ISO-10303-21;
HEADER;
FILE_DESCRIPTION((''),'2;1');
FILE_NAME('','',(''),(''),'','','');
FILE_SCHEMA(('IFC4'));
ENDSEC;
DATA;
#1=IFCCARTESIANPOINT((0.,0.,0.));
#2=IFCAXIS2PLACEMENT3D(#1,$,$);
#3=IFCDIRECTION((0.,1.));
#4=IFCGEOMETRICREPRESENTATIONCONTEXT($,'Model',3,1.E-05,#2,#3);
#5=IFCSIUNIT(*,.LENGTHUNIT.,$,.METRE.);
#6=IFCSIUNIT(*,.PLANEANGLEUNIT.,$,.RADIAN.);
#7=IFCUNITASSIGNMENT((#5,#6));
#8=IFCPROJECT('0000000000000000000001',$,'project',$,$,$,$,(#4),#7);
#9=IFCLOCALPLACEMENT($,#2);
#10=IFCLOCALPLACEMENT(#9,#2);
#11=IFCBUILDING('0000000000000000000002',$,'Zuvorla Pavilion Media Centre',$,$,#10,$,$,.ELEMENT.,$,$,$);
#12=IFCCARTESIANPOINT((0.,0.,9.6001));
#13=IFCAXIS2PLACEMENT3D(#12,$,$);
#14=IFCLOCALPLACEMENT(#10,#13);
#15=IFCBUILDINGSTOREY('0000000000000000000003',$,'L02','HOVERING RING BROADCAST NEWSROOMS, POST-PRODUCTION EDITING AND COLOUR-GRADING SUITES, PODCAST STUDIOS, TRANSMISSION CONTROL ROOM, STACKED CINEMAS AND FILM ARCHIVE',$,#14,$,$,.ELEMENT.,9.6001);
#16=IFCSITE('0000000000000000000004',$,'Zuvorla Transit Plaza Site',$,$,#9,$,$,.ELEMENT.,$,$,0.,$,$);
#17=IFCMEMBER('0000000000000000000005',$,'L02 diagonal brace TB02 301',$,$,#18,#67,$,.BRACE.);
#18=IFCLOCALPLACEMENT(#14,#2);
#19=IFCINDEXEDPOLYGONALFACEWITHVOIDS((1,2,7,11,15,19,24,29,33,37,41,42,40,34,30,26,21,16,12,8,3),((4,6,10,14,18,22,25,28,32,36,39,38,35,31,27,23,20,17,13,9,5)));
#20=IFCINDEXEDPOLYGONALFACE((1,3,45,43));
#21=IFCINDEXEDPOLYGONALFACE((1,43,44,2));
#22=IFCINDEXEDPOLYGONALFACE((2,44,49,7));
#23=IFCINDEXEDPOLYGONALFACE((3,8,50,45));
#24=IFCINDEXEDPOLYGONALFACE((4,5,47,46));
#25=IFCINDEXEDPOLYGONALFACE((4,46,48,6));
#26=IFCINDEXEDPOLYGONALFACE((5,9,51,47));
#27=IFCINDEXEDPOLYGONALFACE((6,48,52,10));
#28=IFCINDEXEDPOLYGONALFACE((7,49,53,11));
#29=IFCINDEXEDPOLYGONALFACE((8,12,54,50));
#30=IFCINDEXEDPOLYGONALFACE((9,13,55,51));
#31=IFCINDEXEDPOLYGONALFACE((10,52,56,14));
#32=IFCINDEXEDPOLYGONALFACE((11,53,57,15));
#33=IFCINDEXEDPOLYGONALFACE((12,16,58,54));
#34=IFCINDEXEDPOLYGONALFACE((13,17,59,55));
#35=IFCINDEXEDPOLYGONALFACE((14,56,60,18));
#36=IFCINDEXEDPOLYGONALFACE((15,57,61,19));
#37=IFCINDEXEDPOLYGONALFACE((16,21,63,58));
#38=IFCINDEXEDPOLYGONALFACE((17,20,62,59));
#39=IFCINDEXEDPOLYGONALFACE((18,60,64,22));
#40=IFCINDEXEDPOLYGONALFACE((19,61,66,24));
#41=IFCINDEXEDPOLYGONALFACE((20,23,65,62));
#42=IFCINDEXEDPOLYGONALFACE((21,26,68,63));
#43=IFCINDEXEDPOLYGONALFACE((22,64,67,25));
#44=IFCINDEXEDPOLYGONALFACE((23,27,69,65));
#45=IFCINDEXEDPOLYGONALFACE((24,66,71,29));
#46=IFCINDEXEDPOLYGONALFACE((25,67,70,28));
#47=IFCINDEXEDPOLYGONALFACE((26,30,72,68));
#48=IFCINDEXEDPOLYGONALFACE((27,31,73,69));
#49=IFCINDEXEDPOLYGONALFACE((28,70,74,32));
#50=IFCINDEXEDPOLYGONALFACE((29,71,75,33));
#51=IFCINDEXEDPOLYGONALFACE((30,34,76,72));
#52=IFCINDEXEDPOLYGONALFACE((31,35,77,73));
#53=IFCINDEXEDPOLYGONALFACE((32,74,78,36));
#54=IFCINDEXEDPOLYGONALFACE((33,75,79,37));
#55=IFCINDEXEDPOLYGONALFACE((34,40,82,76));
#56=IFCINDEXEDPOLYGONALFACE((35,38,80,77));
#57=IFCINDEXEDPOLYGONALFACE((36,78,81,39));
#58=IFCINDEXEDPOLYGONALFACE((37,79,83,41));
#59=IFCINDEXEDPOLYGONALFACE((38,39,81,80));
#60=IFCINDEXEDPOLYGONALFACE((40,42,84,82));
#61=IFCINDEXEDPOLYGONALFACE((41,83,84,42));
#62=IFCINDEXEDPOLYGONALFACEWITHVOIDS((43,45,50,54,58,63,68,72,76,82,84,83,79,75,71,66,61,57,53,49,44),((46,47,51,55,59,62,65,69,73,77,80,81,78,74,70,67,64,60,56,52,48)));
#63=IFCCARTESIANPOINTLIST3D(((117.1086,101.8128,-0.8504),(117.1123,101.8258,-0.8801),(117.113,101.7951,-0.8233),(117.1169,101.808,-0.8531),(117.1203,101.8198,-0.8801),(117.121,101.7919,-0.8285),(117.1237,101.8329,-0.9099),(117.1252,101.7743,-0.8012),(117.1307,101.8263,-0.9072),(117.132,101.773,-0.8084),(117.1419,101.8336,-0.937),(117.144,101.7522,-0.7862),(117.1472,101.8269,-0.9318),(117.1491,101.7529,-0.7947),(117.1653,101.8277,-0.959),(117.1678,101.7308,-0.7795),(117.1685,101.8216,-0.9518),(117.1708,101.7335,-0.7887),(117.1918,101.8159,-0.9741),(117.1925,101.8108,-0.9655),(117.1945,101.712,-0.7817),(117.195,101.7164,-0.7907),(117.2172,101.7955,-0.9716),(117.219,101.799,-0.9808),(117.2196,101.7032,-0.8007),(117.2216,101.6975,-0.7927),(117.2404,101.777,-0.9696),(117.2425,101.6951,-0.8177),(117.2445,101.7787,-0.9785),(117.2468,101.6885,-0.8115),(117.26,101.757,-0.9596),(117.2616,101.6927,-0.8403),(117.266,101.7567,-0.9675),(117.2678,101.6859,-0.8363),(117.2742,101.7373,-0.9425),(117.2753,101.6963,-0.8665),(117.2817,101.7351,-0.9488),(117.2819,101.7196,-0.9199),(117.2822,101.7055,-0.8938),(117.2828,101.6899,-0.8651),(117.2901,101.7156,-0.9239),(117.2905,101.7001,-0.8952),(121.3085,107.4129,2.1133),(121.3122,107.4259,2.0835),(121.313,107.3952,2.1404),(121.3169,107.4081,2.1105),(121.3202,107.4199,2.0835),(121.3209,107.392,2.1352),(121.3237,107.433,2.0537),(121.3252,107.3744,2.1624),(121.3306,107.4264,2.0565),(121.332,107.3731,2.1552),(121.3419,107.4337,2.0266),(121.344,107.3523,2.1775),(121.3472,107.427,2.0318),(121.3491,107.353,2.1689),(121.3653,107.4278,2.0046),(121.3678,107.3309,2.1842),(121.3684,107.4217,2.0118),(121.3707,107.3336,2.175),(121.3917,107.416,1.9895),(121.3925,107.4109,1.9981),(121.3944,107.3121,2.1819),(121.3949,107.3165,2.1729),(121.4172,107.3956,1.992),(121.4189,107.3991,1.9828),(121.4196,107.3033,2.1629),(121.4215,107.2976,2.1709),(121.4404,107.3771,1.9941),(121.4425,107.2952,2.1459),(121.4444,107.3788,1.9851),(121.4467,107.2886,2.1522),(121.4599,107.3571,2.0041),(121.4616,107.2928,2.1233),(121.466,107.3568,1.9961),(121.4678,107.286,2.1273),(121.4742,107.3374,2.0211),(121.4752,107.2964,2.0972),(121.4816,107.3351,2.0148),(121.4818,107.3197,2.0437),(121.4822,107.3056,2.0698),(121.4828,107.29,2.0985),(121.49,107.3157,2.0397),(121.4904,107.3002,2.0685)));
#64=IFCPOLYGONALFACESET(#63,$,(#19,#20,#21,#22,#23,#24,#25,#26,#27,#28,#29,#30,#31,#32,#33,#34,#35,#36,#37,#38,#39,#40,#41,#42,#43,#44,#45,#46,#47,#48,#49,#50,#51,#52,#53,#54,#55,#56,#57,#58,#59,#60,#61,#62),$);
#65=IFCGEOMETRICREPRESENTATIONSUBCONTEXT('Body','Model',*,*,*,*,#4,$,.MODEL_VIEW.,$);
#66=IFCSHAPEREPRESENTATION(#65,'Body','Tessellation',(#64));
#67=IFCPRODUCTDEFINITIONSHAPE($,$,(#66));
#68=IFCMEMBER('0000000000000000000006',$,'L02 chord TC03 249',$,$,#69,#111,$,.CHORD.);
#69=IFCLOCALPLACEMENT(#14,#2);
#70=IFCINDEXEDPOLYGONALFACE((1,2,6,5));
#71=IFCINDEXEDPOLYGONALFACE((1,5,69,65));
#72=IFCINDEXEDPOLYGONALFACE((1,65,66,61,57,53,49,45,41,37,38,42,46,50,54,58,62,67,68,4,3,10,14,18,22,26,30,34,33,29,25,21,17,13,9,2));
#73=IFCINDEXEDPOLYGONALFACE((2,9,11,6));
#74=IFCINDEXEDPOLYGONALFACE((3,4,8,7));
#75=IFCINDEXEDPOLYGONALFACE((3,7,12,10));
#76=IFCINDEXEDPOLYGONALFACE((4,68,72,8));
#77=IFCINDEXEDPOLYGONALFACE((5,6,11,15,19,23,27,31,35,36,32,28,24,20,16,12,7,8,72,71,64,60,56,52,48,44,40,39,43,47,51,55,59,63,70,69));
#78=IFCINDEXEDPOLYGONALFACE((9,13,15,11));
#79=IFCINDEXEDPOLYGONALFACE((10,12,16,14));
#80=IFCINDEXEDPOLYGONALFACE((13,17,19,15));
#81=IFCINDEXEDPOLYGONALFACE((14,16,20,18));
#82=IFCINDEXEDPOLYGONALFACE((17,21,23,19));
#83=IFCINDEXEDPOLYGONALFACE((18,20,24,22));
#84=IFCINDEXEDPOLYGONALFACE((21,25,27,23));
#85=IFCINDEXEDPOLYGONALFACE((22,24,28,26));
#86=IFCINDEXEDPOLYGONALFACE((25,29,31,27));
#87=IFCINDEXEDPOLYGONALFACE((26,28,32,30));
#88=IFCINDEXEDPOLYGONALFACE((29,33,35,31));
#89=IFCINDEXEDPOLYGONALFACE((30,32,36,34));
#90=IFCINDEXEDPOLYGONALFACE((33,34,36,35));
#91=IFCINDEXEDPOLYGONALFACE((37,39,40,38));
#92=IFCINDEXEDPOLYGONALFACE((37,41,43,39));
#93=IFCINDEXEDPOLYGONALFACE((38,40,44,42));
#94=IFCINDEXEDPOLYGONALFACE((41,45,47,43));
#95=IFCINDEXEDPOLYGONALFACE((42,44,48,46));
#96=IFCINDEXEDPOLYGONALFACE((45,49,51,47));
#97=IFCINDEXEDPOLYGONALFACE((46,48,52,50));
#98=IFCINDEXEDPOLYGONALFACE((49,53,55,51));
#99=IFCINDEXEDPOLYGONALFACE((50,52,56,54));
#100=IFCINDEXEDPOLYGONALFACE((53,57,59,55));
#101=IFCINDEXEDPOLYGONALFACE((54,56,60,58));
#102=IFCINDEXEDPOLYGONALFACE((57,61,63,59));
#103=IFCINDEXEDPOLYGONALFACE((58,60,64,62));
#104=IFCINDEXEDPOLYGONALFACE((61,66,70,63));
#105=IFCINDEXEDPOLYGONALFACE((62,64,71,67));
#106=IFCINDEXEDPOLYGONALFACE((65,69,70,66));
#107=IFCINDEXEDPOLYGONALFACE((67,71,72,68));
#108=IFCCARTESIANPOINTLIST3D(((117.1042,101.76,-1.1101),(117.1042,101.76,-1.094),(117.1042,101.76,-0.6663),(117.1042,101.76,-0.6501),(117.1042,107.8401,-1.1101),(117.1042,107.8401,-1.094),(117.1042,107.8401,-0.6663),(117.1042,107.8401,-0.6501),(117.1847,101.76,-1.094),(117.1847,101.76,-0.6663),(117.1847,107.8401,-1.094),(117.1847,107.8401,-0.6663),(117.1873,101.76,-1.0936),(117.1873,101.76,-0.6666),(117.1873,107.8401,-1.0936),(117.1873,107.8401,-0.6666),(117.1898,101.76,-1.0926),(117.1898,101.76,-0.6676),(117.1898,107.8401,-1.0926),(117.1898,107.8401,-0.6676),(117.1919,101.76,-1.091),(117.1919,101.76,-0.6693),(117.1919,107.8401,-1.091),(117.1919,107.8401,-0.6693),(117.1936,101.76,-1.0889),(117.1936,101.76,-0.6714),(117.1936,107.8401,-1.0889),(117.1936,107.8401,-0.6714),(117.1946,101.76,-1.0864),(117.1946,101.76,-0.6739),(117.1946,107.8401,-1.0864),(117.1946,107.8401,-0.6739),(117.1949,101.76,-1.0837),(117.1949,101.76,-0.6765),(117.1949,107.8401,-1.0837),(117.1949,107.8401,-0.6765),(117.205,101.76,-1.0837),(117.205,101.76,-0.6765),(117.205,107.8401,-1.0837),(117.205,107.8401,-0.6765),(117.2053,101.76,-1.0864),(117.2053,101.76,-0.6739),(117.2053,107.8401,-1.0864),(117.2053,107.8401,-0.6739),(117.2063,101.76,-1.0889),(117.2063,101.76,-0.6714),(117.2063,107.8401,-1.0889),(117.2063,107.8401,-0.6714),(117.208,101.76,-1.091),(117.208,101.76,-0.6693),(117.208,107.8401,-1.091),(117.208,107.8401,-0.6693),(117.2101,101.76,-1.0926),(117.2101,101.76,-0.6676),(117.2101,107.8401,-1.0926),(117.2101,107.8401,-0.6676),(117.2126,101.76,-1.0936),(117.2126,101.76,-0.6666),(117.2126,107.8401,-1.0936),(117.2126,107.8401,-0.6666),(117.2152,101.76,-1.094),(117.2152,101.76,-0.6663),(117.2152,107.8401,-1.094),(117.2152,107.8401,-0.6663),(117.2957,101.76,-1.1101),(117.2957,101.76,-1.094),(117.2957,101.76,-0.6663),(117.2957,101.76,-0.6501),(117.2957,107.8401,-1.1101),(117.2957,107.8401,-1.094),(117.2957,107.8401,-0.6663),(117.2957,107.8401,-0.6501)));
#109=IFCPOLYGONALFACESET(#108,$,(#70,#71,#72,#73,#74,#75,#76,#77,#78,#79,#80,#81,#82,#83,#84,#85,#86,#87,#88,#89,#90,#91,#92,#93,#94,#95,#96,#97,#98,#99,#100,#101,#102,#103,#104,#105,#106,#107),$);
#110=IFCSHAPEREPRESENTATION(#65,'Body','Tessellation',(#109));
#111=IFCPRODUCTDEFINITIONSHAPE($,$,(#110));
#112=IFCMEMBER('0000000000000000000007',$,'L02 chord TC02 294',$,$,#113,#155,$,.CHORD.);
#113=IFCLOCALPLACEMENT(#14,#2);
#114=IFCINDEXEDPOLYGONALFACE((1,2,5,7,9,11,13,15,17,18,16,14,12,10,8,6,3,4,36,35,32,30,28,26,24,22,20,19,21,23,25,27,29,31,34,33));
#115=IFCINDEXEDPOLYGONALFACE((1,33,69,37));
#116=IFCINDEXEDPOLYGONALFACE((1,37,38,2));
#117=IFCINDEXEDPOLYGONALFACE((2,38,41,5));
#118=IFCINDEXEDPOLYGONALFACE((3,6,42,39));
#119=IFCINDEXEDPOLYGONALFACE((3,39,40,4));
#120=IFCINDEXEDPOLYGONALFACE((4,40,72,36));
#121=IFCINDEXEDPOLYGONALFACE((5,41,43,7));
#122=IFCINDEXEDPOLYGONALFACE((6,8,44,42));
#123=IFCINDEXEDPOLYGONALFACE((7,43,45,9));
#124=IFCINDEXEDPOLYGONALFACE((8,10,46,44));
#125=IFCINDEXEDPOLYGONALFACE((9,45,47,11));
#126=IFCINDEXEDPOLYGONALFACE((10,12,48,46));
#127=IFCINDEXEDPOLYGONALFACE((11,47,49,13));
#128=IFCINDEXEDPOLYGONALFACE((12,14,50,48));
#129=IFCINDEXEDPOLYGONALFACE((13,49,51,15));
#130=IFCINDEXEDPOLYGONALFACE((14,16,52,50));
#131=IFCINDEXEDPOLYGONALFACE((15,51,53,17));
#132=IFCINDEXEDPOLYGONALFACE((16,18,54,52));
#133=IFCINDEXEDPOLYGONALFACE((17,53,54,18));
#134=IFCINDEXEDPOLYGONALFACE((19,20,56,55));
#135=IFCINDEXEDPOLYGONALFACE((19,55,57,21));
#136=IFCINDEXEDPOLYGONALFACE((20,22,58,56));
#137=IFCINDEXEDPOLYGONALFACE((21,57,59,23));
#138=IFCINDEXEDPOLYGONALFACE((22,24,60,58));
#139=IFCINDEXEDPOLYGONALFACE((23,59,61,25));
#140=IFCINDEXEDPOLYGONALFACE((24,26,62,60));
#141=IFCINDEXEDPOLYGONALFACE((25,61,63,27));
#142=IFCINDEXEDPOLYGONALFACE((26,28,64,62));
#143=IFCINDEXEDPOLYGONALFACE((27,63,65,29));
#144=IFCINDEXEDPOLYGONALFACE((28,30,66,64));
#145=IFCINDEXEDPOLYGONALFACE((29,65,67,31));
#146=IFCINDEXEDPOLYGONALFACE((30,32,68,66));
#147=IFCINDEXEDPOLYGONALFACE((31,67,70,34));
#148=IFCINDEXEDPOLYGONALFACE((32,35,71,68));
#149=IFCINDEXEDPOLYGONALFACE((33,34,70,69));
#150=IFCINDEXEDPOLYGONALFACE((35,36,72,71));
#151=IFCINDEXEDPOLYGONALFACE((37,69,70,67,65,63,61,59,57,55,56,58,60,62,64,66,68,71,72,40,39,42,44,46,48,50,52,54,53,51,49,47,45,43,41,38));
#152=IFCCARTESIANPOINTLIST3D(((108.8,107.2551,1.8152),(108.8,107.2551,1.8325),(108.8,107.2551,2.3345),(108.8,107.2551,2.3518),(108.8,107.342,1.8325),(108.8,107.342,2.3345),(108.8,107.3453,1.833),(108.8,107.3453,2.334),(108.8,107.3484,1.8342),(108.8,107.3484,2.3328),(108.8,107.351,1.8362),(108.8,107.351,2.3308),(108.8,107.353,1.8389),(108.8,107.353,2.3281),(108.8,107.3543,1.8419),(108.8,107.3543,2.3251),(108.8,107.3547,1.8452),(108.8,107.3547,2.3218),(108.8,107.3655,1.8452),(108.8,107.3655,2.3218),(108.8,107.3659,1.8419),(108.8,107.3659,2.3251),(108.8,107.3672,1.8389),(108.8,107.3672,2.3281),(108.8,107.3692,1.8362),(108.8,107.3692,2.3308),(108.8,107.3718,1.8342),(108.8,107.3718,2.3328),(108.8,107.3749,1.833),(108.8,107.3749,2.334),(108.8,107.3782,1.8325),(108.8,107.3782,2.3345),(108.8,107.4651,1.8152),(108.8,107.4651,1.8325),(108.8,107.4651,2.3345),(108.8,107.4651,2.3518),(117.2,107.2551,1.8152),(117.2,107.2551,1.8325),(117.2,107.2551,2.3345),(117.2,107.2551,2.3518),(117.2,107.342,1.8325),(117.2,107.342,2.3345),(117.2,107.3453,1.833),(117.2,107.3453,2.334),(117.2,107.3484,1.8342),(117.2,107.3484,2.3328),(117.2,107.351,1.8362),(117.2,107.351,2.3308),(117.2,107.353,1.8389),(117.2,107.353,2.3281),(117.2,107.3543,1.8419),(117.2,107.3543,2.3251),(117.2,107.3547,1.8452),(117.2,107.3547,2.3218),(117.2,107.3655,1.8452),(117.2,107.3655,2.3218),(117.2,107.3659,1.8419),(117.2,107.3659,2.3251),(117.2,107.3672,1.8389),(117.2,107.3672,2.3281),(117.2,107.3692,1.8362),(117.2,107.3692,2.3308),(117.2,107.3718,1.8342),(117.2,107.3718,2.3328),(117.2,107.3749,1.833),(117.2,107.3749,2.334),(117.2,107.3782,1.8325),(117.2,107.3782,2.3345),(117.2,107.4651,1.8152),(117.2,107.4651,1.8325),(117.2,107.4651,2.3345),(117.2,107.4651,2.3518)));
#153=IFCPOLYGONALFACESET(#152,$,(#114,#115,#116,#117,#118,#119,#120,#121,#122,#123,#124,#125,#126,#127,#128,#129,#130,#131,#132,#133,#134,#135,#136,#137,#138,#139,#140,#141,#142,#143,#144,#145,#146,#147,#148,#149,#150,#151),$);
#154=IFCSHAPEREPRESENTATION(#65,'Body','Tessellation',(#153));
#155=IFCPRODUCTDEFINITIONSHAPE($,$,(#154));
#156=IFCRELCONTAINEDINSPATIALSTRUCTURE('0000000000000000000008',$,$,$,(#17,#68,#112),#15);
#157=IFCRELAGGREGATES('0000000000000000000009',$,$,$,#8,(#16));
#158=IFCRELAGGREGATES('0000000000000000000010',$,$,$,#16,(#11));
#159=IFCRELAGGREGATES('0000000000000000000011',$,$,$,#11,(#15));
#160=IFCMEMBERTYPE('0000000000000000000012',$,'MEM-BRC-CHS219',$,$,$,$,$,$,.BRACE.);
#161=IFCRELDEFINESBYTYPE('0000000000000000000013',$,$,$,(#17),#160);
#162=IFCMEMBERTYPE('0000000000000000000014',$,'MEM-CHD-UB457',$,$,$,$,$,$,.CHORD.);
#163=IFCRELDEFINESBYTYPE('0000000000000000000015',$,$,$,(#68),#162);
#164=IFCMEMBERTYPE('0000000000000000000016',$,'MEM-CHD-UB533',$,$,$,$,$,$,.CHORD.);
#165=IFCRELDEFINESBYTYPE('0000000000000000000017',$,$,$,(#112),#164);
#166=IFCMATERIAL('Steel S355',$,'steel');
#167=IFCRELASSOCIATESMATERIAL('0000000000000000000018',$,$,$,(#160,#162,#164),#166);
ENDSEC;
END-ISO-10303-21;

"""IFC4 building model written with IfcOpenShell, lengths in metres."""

from ifc_helpers import new_model, si_unit, direction, frame, origin, origin_2d, place, context, subcontext, project, spatial, hollow_circle, i_section, extrude, material, material_profile, profile_set, type_object, element, save


model = new_model("IFC4")

# Units and contexts
model_context = context("Model", 3, precision=1e-05, world=origin(), true_north=direction((0.0, 1.0)))
body_context = subcontext(model_context, "Body", "Model", "MODEL_VIEW")
ifc_project = project(units=[si_unit("LENGTHUNIT", "METRE"), si_unit("PLANEANGLEUNIT", "RADIAN")], contexts=[model_context])

# Site, building, storey
site_placement = place(None, origin())
site = spatial("IfcSite", under=ifc_project, at=site_placement, Name="Zuvorla Transit Plaza Site", CompositionType="ELEMENT", RefElevation=0.0)
building_placement = place(site_placement, origin())
building = spatial("IfcBuilding", under=site, at=building_placement, Name="Zuvorla Pavilion Media Centre", CompositionType="ELEMENT")
storey_placement = place(building_placement, frame((0.0, 0.0, 9.6001)))
storey = spatial("IfcBuildingStorey", under=building, at=storey_placement, Name="L02", Description="HOVERING RING BROADCAST NEWSROOMS, POST-PRODUCTION EDITING AND COLOUR-GRADING SUITES, PODCAST STUDIOS, TRANSMISSION CONTROL ROOM, STACKED CINEMAS AND FILM ARCHIVE", CompositionType="ELEMENT", Elevation=9.6001)

# Members
ifc_material_1 = material(Name="Steel S355", Category="steel")
ifc_material_profile_1 = material_profile(ifc_material_1, hollow_circle(Radius=0.1096, WallThickness=0.01, at=origin_2d()), Name="CHS 219.1x10")
ifc_profile_set_1 = profile_set([ifc_material_profile_1], Name="Steel S355")
member_type_1 = type_object("IfcMemberType", Name="MEM-BRC-CHS219", PredefinedType="BRACE", material=ifc_profile_set_1)
for number, where, z_axis, x_axis, name in (
    (1, (117.2, 101.76, -0.8801), (0.552512, 0.736704, 0.38987), (-0.800008, 0.599989, 0.0), "L02 diagonal brace TB02 301"),
):
    element("IfcMember", number, at=place(storey_placement, frame(where, z_axis=z_axis, x_axis=x_axis)), inside=storey, type_object=member_type_1, Name=name, PredefinedType="BRACE", context=body_context, shape_type="SweptSolid", body=[
        extrude(hollow_circle(Radius=0.1096, WallThickness=0.01, at=origin_2d()), origin(), (0.0, 0.0, 1.0), 7.6016),
    ])
ifc_material_profile_2 = material_profile(ifc_material_1, i_section(OverallWidth=0.1914, OverallDepth=0.46, WebThickness=0.01, FlangeThickness=0.0161, FilletRadius=0.0103, at=origin_2d()), Name="UB 457x191x82")
ifc_profile_set_2 = profile_set([ifc_material_profile_2], Name="Steel S355")
member_type_2 = type_object("IfcMemberType", Name="MEM-CHD-UB457", PredefinedType="CHORD", material=ifc_profile_set_2)
member_1_placement = place(storey_placement, frame((117.2, 101.76, -0.8801), z_axis=(0.0, 1.0, 0.0), x_axis=(-1.0, 0.0, 0.0)))
element("IfcMember", 2, at=member_1_placement, inside=storey, type_object=member_type_2, Name="L02 chord TC03 249", PredefinedType="CHORD", context=body_context, shape_type="SweptSolid", body=[
    extrude(i_section(OverallWidth=0.1914, OverallDepth=0.46, WebThickness=0.01, FlangeThickness=0.0161, FilletRadius=0.0103, at=origin_2d()), origin(), (0.0, 0.0, 1.0), 6.0801),
])
ifc_material_profile_3 = material_profile(ifc_material_1, i_section(OverallWidth=0.21, OverallDepth=0.5366, WebThickness=0.0107, FlangeThickness=0.0173, FilletRadius=0.0127, at=origin_2d()), Name="UB 533x210x101")
ifc_profile_set_3 = profile_set([ifc_material_profile_3], Name="Steel S355")
member_type_3 = type_object("IfcMemberType", Name="MEM-CHD-UB533", PredefinedType="CHORD", material=ifc_profile_set_3)
member_2_placement = place(storey_placement, frame((108.8, 107.3601, 2.0835), z_axis=(1.0, 0.0, 0.0), x_axis=(0.0, 1.0, 0.0)))
element("IfcMember", 3, at=member_2_placement, inside=storey, type_object=member_type_3, Name="L02 chord TC02 294", PredefinedType="CHORD", context=body_context, shape_type="SweptSolid", body=[
    extrude(i_section(OverallWidth=0.21, OverallDepth=0.5366, WebThickness=0.0107, FlangeThickness=0.0173, FilletRadius=0.0127, at=origin_2d()), origin(), (0.0, 0.0, 1.0), 8.3999),
])

save(model, "model.ifc")
